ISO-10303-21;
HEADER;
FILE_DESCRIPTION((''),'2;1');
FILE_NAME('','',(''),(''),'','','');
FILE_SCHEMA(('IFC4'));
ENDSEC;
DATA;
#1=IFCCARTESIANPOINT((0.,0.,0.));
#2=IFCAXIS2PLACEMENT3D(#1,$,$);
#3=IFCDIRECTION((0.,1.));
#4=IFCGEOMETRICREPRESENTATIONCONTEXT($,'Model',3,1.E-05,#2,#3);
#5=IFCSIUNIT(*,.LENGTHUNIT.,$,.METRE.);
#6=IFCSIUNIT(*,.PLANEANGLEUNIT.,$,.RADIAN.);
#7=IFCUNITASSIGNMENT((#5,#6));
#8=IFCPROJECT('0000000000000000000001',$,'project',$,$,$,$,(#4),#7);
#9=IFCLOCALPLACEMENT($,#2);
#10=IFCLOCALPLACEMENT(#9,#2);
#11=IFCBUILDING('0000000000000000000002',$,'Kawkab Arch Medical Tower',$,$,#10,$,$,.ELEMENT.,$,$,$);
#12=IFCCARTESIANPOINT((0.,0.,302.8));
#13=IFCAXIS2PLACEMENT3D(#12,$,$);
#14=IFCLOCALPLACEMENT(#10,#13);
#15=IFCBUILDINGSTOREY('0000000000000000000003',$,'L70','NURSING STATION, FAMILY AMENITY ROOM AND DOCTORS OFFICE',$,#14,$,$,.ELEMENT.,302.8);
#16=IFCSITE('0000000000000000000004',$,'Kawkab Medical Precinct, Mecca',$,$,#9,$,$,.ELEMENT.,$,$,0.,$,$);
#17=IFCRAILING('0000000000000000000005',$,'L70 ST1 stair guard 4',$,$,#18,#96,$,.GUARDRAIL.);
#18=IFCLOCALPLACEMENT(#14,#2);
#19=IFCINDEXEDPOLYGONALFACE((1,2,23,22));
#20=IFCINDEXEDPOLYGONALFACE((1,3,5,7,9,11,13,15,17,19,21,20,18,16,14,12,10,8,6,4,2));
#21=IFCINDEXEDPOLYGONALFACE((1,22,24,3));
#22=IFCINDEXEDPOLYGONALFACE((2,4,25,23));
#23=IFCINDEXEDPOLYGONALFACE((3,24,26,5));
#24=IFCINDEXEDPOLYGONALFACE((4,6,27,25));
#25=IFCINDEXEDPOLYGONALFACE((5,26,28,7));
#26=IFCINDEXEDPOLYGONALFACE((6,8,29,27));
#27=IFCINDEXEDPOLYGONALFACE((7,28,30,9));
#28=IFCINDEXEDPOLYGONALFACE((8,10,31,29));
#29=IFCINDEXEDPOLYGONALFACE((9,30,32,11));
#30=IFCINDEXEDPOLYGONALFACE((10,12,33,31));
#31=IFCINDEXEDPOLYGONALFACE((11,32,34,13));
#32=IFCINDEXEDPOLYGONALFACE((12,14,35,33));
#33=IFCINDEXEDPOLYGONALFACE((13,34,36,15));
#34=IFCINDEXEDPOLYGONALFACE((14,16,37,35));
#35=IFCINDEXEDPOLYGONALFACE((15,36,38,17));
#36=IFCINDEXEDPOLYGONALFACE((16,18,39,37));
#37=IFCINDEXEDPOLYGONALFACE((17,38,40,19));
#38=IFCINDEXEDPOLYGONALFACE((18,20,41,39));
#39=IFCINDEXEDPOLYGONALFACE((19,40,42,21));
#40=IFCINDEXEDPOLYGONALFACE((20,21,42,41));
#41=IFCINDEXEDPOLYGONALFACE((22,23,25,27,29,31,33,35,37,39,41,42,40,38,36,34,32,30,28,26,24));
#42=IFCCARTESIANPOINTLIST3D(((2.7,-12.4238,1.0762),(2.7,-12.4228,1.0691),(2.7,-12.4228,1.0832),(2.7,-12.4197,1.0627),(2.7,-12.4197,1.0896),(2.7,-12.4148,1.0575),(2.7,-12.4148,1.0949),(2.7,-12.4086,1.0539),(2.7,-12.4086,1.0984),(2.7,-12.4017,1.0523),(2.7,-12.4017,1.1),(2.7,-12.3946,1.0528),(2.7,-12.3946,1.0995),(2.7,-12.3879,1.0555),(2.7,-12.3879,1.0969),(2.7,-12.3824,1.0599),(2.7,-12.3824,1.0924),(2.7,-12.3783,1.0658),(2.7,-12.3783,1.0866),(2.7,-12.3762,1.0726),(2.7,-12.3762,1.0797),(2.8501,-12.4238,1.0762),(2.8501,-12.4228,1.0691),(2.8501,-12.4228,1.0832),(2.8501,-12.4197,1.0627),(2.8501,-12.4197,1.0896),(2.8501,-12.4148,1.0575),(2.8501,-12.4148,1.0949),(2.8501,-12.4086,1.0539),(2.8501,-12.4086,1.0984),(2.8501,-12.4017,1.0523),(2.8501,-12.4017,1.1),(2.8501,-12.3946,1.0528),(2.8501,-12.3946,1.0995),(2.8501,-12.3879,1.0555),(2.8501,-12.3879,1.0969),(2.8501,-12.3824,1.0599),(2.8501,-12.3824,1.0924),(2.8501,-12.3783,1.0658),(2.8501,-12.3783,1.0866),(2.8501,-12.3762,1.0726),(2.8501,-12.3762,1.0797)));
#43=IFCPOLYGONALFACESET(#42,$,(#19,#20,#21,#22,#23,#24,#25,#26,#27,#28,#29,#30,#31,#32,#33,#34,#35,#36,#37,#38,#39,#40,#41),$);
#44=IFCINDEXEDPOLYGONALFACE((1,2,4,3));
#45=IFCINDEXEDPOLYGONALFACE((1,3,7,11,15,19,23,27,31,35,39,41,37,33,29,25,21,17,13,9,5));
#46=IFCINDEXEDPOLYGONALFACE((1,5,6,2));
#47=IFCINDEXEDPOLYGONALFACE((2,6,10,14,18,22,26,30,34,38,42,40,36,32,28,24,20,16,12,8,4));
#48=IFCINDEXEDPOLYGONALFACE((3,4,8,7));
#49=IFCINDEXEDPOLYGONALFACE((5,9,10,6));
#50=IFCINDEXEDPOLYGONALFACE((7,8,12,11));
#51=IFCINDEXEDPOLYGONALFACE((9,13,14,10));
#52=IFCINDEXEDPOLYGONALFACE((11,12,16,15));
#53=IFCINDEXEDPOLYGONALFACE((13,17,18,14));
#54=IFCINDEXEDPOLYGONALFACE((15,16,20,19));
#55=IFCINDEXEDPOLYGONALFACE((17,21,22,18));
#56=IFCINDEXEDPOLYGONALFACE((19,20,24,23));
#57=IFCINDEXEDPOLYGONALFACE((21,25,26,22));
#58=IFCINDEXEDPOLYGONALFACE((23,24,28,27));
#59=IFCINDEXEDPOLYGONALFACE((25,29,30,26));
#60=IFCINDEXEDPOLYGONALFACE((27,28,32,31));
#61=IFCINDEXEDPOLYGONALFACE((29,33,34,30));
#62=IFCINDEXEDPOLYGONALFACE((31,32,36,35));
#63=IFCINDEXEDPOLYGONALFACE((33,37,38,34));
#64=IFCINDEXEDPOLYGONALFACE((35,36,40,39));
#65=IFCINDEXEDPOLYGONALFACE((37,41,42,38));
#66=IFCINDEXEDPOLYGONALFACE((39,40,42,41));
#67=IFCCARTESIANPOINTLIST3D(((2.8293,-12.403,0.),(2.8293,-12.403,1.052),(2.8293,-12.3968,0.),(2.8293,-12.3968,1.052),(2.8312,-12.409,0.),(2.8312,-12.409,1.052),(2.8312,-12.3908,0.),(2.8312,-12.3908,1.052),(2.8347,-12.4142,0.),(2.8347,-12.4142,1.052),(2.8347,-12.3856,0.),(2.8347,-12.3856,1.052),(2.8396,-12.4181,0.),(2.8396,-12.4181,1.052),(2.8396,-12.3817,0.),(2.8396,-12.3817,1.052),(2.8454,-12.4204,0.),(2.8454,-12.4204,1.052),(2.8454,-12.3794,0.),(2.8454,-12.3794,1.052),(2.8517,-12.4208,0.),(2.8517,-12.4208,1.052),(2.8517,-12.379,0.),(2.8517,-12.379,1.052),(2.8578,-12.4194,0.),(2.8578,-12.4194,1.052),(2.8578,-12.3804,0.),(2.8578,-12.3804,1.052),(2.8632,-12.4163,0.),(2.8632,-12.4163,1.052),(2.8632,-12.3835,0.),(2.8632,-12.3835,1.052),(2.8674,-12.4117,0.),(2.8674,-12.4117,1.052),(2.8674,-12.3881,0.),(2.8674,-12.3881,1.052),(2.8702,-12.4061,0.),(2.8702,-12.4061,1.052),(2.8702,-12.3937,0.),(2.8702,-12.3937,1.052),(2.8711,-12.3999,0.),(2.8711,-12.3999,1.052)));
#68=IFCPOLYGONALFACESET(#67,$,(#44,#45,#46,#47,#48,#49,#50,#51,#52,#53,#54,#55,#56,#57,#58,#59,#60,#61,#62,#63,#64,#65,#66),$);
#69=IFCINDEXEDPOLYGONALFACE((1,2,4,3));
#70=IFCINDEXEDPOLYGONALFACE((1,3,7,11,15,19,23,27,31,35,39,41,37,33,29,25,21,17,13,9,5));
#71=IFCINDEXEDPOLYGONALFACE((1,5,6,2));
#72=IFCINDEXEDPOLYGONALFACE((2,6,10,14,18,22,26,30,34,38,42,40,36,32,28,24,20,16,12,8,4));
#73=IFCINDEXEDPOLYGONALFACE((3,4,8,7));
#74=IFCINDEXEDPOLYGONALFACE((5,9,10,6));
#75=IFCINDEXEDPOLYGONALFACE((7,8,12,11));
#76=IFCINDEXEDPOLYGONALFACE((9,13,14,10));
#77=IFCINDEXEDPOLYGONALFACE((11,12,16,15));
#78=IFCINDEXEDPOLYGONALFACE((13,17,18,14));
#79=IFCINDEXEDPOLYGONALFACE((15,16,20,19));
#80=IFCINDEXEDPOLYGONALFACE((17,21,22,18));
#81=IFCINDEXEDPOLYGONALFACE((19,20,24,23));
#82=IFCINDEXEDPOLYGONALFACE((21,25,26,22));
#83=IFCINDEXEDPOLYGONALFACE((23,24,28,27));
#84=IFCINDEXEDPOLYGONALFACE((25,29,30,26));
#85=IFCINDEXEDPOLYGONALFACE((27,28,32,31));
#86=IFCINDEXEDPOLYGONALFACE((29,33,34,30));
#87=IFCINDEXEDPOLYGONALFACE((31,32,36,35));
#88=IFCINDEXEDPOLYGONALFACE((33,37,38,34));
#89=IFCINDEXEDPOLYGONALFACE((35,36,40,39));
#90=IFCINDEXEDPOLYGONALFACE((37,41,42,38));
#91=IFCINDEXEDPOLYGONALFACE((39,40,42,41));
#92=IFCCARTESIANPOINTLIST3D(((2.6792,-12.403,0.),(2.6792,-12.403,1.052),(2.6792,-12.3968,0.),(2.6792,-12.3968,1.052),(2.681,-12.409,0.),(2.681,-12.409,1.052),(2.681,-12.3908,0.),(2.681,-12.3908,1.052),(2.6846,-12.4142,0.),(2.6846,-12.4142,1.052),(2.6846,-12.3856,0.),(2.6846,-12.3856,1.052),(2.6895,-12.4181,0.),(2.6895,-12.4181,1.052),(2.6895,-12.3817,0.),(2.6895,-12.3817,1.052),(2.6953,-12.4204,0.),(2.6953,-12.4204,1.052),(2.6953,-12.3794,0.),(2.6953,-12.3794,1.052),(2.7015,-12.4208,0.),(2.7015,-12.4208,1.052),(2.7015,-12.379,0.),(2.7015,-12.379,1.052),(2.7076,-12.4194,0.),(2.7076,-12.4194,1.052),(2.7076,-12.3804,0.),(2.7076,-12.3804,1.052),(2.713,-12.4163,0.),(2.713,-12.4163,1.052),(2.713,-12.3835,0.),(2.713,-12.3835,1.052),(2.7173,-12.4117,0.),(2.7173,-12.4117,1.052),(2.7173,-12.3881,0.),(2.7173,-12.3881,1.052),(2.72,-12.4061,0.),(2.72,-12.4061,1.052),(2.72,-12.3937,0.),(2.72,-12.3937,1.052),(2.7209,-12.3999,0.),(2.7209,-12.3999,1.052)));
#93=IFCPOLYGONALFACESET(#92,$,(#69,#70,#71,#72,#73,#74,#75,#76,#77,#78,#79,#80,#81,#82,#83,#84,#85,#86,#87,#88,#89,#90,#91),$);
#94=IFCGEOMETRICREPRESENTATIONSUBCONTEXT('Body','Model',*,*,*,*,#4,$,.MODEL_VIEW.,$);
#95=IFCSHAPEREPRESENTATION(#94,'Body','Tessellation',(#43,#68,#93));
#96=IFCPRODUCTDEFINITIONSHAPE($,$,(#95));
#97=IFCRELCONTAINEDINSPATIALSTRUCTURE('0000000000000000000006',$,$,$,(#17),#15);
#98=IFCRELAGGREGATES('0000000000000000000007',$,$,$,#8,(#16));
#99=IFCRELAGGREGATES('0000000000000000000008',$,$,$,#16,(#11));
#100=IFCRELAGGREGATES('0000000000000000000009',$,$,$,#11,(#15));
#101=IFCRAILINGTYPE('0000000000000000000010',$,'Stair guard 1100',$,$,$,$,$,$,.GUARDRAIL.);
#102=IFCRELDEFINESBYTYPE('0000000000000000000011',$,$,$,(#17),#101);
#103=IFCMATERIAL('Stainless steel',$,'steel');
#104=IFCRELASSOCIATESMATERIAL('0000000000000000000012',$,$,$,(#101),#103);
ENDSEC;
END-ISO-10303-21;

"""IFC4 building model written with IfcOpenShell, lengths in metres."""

from ifc_helpers import new_model, si_unit, direction, frame, origin, origin_2d, place, context, subcontext, project, spatial, circle, extrude, material, type_object, element, save


model = new_model("IFC4")

# Units and contexts
model_context = context("Model", 3, precision=1e-05, world=origin(), true_north=direction((0.0, 1.0)))
body_context = subcontext(model_context, "Body", "Model", "MODEL_VIEW")
ifc_project = project(units=[si_unit("LENGTHUNIT", "METRE"), si_unit("PLANEANGLEUNIT", "RADIAN")], contexts=[model_context])

# Site, building, storey
site_placement = place(None, origin())
site = spatial("IfcSite", under=ifc_project, at=site_placement, Name="Kawkab Medical Precinct, Mecca", CompositionType="ELEMENT", RefElevation=0.0)
building_placement = place(site_placement, origin())
building = spatial("IfcBuilding", under=site, at=building_placement, Name="Kawkab Arch Medical Tower", CompositionType="ELEMENT")
storey_placement = place(building_placement, frame((0.0, 0.0, 302.8)))
storey = spatial("IfcBuildingStorey", under=building, at=storey_placement, Name="L70", Description="NURSING STATION, FAMILY AMENITY ROOM AND DOCTORS OFFICE", CompositionType="ELEMENT", Elevation=302.8)

# Railing
ifc_material_1 = material(Name="Stainless steel", Category="steel")
railing_type = type_object("IfcRailingType", Name="Stair guard 1100", PredefinedType="GUARDRAIL", material=ifc_material_1)
railing_1_placement = place(storey_placement, frame((2.8501, -12.3999, 0.0)))
element("IfcRailing", 1, at=railing_1_placement, inside=storey, type_object=railing_type, Name="L70 ST1 stair guard 4", PredefinedType="GUARDRAIL", context=body_context, shape_type="SweptSolid", body=[
    extrude(circle(Radius=0.0239, at=origin_2d()), frame((0.0, 0.0, 1.0762), z_axis=(-1.0, 0.0, 0.0), x_axis=(0.0, -1.0, 0.0)), (0.0, 0.0, 1.0), 0.1501),
    extrude(circle(Radius=0.021, at=origin_2d()), origin(), (0.0, 0.0, 1.0), 1.052),
    extrude(circle(Radius=0.021, at=origin_2d()), frame((-0.1501, 0.0, 0.0)), (0.0, 0.0, 1.0), 1.052),
])

save(model, "model.ifc")
